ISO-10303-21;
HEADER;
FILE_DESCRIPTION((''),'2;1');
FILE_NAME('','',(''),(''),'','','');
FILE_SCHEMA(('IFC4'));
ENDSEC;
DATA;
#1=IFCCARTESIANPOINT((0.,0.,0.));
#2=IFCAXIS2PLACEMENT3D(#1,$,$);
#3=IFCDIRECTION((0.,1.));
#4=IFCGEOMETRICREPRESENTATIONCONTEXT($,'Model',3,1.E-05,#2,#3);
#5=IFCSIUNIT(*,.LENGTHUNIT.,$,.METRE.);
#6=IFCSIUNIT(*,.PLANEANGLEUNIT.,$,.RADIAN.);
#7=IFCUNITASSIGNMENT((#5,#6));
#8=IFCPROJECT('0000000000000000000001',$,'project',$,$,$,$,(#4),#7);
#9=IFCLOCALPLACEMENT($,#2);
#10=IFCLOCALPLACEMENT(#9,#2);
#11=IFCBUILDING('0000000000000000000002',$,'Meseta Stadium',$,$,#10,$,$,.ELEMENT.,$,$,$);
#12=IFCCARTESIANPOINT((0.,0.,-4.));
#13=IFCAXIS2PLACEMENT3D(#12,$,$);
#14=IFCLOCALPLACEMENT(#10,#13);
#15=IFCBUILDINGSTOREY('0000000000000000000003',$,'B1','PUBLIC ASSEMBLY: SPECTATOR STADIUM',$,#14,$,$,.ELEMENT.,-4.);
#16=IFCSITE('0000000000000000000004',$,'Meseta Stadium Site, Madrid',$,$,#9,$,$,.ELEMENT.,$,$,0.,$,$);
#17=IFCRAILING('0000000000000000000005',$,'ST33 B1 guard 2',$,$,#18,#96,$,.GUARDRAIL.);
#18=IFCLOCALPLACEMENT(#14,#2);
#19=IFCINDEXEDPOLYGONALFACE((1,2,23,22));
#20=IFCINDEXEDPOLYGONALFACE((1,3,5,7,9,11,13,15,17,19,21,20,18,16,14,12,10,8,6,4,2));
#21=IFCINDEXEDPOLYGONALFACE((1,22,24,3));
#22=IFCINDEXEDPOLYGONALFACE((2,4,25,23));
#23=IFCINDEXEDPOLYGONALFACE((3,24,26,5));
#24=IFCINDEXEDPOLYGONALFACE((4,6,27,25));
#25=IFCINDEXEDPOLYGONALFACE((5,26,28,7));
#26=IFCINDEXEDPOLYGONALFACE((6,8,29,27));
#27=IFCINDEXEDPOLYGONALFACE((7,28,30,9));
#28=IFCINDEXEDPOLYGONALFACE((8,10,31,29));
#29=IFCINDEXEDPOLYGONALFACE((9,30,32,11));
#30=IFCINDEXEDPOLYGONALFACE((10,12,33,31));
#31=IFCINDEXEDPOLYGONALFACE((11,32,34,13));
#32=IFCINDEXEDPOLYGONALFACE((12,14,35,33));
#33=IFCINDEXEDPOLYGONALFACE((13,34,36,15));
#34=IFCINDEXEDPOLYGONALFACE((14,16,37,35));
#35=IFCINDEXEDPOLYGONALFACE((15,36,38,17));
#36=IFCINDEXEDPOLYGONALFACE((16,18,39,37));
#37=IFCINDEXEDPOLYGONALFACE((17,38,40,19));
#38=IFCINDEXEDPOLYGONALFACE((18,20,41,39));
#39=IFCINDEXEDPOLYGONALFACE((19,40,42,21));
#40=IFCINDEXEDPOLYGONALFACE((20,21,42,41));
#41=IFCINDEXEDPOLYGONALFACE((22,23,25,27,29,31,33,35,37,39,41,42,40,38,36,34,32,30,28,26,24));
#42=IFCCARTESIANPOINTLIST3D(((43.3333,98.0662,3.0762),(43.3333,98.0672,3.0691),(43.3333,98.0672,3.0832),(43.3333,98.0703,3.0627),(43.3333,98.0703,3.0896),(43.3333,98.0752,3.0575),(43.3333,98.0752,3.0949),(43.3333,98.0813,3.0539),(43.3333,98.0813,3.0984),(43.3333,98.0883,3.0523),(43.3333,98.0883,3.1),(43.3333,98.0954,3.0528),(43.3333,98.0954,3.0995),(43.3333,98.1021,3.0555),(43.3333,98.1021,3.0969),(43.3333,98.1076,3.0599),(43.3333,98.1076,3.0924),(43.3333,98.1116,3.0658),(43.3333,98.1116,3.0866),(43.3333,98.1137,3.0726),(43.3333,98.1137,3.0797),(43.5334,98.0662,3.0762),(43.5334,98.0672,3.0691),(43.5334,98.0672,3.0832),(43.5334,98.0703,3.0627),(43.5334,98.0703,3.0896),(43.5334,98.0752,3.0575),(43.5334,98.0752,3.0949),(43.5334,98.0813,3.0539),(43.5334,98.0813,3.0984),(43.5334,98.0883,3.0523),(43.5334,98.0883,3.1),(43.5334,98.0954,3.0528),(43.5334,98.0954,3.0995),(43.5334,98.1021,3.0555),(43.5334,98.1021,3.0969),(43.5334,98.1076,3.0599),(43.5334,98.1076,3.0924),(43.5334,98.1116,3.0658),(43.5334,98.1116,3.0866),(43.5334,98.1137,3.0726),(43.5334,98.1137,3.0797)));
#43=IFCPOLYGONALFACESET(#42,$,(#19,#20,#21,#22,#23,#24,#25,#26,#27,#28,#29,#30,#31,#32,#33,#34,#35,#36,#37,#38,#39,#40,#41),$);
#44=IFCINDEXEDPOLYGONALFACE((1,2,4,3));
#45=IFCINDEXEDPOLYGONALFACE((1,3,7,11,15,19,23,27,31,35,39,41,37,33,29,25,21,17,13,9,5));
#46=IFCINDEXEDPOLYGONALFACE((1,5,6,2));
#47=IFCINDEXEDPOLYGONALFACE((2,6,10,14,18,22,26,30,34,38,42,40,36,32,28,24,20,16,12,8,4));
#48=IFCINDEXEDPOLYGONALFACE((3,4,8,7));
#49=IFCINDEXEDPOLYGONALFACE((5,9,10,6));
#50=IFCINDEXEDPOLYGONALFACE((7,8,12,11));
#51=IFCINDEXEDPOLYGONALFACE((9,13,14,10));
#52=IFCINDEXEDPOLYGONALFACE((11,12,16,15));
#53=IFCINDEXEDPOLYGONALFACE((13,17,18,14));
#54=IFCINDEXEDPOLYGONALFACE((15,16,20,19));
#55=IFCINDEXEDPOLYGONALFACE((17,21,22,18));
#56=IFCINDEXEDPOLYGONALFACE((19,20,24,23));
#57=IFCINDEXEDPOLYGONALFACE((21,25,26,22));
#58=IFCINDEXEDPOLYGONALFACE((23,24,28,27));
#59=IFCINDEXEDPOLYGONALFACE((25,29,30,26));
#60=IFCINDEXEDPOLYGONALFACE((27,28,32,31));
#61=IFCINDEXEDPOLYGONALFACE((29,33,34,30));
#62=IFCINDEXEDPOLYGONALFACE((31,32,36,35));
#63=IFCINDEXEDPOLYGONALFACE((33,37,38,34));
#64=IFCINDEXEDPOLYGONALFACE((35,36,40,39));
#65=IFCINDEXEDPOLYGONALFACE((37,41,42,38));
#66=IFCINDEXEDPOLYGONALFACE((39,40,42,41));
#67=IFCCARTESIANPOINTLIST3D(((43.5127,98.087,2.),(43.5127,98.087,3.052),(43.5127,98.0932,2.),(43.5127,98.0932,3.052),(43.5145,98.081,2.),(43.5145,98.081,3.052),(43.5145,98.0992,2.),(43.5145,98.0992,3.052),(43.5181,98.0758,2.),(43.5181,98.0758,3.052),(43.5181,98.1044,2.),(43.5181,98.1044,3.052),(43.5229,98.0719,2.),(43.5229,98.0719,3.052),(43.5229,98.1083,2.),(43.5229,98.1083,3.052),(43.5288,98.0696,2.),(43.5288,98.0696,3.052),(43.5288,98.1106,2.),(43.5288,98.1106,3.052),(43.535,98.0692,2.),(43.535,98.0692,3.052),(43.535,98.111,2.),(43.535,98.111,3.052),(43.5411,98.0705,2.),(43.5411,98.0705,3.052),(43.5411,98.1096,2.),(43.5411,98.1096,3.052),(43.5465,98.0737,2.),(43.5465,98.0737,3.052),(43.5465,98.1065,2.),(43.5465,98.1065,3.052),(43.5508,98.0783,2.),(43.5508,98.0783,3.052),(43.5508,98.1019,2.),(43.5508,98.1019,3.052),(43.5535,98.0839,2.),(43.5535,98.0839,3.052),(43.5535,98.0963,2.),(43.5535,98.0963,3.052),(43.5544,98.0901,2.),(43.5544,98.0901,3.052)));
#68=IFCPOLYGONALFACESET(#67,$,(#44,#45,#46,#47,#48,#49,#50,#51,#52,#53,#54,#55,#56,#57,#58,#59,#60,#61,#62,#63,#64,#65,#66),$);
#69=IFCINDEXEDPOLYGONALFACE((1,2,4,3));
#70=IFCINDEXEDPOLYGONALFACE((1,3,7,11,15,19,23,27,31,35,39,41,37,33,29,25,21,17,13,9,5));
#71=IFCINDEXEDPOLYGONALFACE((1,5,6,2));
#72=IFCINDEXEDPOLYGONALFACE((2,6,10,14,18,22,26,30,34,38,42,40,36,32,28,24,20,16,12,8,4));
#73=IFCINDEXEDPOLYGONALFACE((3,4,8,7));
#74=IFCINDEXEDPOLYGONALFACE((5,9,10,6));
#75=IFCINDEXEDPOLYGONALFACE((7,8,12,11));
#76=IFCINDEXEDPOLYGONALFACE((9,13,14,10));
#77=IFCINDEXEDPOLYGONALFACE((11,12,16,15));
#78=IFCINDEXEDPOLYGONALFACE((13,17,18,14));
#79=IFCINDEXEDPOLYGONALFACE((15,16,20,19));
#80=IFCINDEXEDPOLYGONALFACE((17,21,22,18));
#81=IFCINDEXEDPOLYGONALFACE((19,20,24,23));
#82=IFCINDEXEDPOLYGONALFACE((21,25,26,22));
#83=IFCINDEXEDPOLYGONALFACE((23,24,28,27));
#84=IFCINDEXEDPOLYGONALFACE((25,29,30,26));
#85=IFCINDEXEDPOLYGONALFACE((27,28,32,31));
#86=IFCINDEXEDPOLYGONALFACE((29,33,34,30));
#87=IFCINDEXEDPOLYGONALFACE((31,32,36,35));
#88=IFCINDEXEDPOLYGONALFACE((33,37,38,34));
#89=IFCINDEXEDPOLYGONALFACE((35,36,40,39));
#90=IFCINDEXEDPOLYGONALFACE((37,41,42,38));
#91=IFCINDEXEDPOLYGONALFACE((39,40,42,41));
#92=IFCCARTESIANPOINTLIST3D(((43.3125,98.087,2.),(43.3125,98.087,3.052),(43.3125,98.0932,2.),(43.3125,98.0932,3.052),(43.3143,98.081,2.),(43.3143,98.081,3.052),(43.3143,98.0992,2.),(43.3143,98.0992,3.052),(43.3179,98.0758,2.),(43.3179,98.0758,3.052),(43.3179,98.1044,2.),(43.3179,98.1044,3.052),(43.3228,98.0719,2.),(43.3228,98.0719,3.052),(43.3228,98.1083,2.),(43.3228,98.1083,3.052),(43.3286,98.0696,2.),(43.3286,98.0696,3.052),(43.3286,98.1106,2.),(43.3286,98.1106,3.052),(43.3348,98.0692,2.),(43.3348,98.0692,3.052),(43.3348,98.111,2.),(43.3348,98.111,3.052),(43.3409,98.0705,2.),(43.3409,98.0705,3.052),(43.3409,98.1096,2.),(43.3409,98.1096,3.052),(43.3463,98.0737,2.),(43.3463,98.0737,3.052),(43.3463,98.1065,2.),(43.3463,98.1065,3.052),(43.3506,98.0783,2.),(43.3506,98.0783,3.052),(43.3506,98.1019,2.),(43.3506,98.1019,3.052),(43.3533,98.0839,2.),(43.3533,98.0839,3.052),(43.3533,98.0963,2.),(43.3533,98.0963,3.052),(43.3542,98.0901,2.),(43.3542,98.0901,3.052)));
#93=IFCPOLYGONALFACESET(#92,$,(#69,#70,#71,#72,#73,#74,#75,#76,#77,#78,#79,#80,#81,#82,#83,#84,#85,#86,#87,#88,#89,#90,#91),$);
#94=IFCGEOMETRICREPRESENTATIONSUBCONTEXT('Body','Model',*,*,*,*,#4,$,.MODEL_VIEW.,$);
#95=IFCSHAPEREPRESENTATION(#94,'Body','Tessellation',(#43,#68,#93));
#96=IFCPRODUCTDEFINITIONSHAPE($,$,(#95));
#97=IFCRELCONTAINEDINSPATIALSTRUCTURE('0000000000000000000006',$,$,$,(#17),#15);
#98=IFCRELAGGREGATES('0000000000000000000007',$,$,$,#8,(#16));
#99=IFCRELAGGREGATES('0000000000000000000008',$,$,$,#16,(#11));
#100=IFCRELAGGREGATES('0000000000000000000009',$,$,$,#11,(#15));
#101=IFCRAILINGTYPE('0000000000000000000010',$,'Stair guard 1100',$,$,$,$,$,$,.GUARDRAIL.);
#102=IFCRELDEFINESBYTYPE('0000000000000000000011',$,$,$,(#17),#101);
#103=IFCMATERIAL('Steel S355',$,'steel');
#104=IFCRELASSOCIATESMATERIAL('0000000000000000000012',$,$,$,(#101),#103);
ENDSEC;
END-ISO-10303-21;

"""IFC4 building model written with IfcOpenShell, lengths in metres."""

from ifc_helpers import new_model, si_unit, direction, frame, origin, origin_2d, place, context, subcontext, project, spatial, circle, extrude, material, type_object, element, save


model = new_model("IFC4")

# Units and contexts
model_context = context("Model", 3, precision=1e-05, world=origin(), true_north=direction((0.0, 1.0)))
body_context = subcontext(model_context, "Body", "Model", "MODEL_VIEW")
ifc_project = project(units=[si_unit("LENGTHUNIT", "METRE"), si_unit("PLANEANGLEUNIT", "RADIAN")], contexts=[model_context])

# Site, building, storey
site_placement = place(None, origin())
site = spatial("IfcSite", under=ifc_project, at=site_placement, Name="Meseta Stadium Site, Madrid", CompositionType="ELEMENT", RefElevation=0.0)
building_placement = place(site_placement, origin())
building = spatial("IfcBuilding", under=site, at=building_placement, Name="Meseta Stadium", CompositionType="ELEMENT")
storey_placement = place(building_placement, frame((0.0, 0.0, -4.0)))
storey = spatial("IfcBuildingStorey", under=building, at=storey_placement, Name="B1", Description="PUBLIC ASSEMBLY: SPECTATOR STADIUM", CompositionType="ELEMENT", Elevation=-4.0)

# Railing
ifc_material_1 = material(Name="Steel S355", Category="steel")
railing_type_1 = type_object("IfcRailingType", Name="Stair guard 1100", PredefinedType="GUARDRAIL", material=ifc_material_1)
railing_1_placement = place(storey_placement, frame((43.5334, 98.0901, 2.0)))
element("IfcRailing", 1, at=railing_1_placement, inside=storey, type_object=railing_type_1, Name="ST33 B1 guard 2", PredefinedType="GUARDRAIL", context=body_context, shape_type="SweptSolid", body=[
    extrude(circle(Radius=0.0239, at=origin_2d()), frame((0.0, 0.0, 1.0762), z_axis=(-1.0, 0.0, 0.0), x_axis=(0.0, -1.0, 0.0)), (0.0, 0.0, 1.0), 0.2002),
    extrude(circle(Radius=0.021, at=origin_2d()), origin(), (0.0, 0.0, 1.0), 1.052),
    extrude(circle(Radius=0.021, at=origin_2d()), frame((-0.2002, 0.0, 0.0)), (0.0, 0.0, 1.0), 1.052),
])

save(model, "model.ifc")
